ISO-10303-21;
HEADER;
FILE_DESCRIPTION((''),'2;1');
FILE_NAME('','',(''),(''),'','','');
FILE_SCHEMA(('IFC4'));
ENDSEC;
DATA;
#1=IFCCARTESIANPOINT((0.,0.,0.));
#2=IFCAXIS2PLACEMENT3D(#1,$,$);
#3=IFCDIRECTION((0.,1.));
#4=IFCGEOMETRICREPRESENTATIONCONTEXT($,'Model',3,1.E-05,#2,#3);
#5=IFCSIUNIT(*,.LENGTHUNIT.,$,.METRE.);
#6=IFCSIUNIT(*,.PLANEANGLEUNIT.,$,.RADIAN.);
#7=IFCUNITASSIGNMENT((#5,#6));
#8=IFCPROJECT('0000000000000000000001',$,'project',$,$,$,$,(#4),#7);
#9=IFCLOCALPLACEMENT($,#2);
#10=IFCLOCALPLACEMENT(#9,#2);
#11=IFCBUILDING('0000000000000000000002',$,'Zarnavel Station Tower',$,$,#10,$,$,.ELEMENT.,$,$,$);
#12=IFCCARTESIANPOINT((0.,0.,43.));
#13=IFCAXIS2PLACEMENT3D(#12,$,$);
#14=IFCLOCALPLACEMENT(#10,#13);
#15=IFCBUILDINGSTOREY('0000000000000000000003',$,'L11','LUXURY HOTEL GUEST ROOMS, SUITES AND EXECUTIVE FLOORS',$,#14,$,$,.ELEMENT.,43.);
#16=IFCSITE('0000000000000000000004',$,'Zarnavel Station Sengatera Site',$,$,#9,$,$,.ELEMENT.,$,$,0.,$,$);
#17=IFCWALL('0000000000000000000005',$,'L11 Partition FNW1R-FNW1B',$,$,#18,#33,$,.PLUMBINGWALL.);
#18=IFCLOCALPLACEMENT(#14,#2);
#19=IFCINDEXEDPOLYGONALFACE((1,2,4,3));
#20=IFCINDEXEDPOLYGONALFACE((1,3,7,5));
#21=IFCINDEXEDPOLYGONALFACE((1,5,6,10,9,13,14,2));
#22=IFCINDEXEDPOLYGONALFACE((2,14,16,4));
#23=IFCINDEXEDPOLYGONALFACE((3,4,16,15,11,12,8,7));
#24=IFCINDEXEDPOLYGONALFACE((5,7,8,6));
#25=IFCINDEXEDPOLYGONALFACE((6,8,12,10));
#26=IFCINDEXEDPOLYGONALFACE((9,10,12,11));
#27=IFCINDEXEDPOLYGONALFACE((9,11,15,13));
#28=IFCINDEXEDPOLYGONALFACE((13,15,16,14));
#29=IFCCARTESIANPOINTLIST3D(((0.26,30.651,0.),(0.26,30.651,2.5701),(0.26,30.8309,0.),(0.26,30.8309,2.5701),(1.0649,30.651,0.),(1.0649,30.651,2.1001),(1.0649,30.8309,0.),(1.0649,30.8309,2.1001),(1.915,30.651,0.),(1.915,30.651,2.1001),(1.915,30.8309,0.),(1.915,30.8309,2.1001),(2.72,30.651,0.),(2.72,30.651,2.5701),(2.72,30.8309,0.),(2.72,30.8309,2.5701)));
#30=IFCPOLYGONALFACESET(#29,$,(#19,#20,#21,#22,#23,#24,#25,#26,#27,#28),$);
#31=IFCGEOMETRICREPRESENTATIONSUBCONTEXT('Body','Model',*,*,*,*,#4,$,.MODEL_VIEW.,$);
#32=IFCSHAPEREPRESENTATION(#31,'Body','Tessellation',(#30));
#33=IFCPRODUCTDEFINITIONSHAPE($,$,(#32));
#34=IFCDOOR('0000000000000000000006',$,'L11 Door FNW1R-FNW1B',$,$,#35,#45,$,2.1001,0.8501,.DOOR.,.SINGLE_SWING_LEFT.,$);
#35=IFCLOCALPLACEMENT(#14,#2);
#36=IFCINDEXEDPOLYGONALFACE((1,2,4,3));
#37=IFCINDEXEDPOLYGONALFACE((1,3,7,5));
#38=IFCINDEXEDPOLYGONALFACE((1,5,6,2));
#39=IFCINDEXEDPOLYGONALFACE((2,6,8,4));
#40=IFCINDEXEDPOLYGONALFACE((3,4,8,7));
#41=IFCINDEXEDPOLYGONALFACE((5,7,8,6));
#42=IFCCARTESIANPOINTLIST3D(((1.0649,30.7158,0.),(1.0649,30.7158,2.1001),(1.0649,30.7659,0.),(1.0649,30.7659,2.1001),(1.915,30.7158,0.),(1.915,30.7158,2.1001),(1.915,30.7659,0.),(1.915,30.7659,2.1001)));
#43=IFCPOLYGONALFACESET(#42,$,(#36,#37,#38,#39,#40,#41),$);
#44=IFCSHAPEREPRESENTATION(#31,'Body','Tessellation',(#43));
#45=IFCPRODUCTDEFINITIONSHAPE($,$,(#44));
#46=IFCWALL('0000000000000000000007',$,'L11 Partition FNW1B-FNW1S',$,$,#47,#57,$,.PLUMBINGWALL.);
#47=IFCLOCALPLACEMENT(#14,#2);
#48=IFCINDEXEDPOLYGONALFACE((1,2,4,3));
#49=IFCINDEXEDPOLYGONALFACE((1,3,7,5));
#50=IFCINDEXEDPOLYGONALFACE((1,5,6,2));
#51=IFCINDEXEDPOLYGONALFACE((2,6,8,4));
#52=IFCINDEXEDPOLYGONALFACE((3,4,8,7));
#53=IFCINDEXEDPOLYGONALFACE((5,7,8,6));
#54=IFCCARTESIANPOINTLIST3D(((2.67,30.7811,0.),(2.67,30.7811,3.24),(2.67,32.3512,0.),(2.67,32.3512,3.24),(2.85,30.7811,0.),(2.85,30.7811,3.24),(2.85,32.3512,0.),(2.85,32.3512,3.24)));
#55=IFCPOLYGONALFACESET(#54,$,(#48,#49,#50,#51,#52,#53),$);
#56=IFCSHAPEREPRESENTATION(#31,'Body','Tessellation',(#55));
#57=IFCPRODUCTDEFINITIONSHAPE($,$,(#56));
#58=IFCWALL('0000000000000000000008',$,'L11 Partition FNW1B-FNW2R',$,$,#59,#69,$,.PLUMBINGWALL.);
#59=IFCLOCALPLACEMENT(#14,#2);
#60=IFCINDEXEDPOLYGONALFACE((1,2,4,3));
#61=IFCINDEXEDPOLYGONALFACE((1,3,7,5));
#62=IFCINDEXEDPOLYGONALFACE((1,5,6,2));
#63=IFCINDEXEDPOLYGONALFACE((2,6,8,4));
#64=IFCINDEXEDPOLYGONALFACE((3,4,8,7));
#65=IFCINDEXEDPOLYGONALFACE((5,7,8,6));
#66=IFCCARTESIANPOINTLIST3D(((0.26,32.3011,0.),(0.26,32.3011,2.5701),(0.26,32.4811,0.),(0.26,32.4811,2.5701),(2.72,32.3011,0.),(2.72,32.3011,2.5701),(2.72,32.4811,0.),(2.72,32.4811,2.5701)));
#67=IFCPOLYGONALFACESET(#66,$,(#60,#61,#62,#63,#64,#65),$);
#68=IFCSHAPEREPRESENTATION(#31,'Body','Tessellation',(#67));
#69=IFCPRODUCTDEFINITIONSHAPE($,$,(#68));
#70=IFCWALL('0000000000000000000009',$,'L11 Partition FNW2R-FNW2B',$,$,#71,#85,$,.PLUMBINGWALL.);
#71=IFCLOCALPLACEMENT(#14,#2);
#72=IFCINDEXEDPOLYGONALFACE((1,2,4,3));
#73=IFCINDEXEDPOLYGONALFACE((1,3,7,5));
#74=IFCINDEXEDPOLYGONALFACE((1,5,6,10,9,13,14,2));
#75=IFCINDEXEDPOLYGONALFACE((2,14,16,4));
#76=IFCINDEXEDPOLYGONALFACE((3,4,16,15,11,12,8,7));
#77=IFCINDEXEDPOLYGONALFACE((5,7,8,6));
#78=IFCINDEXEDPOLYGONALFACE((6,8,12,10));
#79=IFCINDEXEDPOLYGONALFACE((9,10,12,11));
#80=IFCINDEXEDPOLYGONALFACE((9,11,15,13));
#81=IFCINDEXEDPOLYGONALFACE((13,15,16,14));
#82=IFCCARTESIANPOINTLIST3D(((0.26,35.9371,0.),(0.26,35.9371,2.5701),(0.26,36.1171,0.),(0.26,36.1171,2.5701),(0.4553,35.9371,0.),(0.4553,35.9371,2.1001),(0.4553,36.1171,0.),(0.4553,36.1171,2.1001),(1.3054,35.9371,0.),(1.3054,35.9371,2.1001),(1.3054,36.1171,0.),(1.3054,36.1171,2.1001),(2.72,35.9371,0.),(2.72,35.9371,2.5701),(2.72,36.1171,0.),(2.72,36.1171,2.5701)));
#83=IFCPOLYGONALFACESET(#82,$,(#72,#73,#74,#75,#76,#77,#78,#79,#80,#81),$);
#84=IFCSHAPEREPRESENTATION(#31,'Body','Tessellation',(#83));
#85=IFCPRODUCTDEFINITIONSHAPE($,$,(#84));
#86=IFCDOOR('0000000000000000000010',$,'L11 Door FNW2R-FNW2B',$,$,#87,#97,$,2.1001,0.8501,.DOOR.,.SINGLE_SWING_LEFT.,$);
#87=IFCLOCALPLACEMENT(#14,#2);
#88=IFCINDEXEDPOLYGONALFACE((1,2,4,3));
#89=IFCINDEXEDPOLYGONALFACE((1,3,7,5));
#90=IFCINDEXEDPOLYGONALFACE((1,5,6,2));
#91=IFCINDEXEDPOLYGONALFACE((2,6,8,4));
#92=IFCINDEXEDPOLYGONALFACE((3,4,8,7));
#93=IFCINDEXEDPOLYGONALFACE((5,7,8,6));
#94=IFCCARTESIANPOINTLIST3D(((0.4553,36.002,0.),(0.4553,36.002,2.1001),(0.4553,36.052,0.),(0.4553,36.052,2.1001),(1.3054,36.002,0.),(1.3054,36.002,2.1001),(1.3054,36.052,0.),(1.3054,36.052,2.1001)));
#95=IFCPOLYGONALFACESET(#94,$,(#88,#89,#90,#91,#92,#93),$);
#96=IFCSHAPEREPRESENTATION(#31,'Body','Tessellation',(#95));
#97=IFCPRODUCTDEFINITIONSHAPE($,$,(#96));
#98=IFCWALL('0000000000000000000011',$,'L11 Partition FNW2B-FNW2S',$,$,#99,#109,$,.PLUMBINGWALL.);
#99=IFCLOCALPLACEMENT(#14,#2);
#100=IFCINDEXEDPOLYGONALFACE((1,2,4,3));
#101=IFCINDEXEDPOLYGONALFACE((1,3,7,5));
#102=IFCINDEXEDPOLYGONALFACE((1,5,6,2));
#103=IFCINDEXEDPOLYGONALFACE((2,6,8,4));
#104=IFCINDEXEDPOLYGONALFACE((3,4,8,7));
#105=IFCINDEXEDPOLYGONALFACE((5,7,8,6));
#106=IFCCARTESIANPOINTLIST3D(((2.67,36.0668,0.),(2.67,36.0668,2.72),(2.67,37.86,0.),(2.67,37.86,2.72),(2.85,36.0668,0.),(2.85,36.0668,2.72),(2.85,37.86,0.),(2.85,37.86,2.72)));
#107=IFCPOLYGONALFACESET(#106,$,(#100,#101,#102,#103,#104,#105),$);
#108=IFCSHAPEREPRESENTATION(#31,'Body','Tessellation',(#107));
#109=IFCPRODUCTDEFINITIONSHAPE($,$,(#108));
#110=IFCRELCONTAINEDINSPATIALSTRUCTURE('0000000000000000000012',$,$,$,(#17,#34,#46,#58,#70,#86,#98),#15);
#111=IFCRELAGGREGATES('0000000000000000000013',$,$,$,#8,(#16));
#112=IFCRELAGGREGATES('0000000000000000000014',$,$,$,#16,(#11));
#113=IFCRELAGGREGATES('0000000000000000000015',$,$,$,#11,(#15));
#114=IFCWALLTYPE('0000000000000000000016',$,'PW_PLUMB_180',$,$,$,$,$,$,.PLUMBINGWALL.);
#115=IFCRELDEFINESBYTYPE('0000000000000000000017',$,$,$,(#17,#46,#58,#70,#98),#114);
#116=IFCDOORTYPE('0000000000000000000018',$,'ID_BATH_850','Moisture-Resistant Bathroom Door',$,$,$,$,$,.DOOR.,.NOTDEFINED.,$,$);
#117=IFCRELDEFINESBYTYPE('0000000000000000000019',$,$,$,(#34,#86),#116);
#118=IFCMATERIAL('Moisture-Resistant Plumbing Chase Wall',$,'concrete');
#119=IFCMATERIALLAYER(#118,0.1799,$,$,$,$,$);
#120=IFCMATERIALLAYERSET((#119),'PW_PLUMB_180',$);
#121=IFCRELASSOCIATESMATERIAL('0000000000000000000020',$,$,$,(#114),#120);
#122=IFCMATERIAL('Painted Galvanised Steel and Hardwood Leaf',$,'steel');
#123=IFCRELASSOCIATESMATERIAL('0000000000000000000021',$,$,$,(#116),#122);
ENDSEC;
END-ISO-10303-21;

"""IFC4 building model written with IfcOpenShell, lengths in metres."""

from ifc_helpers import new_model, si_unit, direction, frame, frame_2d, origin, place, context, subcontext, project, spatial, rectangle, extrude, material, layer, layer_set, type_object, element, fill, save


model = new_model("IFC4")

# Units and contexts
model_context = context("Model", 3, precision=1e-05, world=origin(), true_north=direction((0.0, 1.0)))
body_context = subcontext(model_context, "Body", "Model", "MODEL_VIEW")
ifc_project = project(units=[si_unit("LENGTHUNIT", "METRE"), si_unit("PLANEANGLEUNIT", "RADIAN")], contexts=[model_context])

# Site, building, storey
site_placement = place(None, origin())
site = spatial("IfcSite", under=ifc_project, at=site_placement, Name="Zarnavel Station Sengatera Site", CompositionType="ELEMENT", RefElevation=0.0)
building_placement = place(site_placement, origin())
building = spatial("IfcBuilding", under=site, at=building_placement, Name="Zarnavel Station Tower", CompositionType="ELEMENT")
storey_placement = place(building_placement, frame((0.0, 0.0, 43.0)))
storey = spatial("IfcBuildingStorey", under=building, at=storey_placement, Name="L11", Description="LUXURY HOTEL GUEST ROOMS, SUITES AND EXECUTIVE FLOORS", CompositionType="ELEMENT", Elevation=43.0)

# Wall, opening, door
ifc_material_1 = material(Name="Moisture-Resistant Plumbing Chase Wall", Category="concrete")
ifc_layer_1 = layer(ifc_material_1, 0.1799)
ifc_layer_set_1 = layer_set([ifc_layer_1], Name="PW_PLUMB_180")
wall_type_1 = type_object("IfcWallType", Name="PW_PLUMB_180", PredefinedType="PLUMBINGWALL", material=ifc_layer_set_1)
wall_1_placement = place(storey_placement, frame((0.26, 30.741, 0.0), z_axis=(0.0, 0.0, 1.0), x_axis=(1.0, 0.0, 0.0)))
wall_1 = element("IfcWall", 1, at=wall_1_placement, inside=storey, type_object=wall_type_1, Name="L11 Partition FNW1R-FNW1B", PredefinedType="PLUMBINGWALL", context=body_context, shape_type="SweptSolid", body=[
    extrude(rectangle(XDim=2.46, YDim=0.1799, at=frame_2d((1.23, 0.0))), origin(), (0.0, 0.0, 1.0), 2.5701),
])
opening_1_placement = place(wall_1_placement, frame((0.8049, 0.0, 0.0)))
opening_1 = element("IfcOpeningElement", 2, at=opening_1_placement, cuts=wall_1, PredefinedType="OPENING", context=body_context, shape_type="SweptSolid", body=[
    extrude(rectangle(XDim=0.8501, YDim=2.1001, at=frame_2d((0.425, 1.05))), frame((0.0, 0.0999, 0.0), z_axis=(0.0, -1.0, 0.0), x_axis=(1.0, 0.0, 0.0)), (0.0, 0.0, 1.0), 0.2),
])
ifc_material_2 = material(Name="Painted Galvanised Steel and Hardwood Leaf", Category="steel")
door_type_1 = type_object("IfcDoorType", Name="ID_BATH_850", Description="Moisture-Resistant Bathroom Door", OperationType="NOTDEFINED", PredefinedType="DOOR", material=ifc_material_2)
door_1_placement = place(opening_1_placement, origin())
door_1 = element("IfcDoor", 3, at=door_1_placement, inside=storey, type_object=door_type_1, Name="L11 Door FNW1R-FNW1B", OperationType="SINGLE_SWING_LEFT", OverallHeight=2.1001, OverallWidth=0.8501, PredefinedType="DOOR", context=body_context, shape_type="SweptSolid", body=[
    extrude(rectangle(XDim=0.8501, YDim=2.1001, at=frame_2d((0.425, 1.05))), frame((0.0, 0.0249, 0.0), z_axis=(0.0, -1.0, 0.0), x_axis=(1.0, 0.0, 0.0)), (0.0, 0.0, 1.0), 0.05),
])
fill(opening_1, door_1)

# Walls
wall_2_placement = place(storey_placement, frame((2.76, 30.781, 0.0), z_axis=(0.0, 0.0, 1.0), x_axis=(0.0, 1.0, 0.0)))
element("IfcWall", 4, at=wall_2_placement, inside=storey, type_object=wall_type_1, Name="L11 Partition FNW1B-FNW1S", PredefinedType="PLUMBINGWALL", context=body_context, shape_type="SweptSolid", body=[
    extrude(rectangle(XDim=1.5701, YDim=0.1799, at=frame_2d((0.7852, 0.0))), origin(), (0.0, 0.0, 1.0), 3.24),
])
wall_3_placement = place(storey_placement, frame((0.26, 32.3911, 0.0), z_axis=(0.0, 0.0, 1.0), x_axis=(1.0, 0.0, 0.0)))
element("IfcWall", 5, at=wall_3_placement, inside=storey, type_object=wall_type_1, Name="L11 Partition FNW1B-FNW2R", PredefinedType="PLUMBINGWALL", context=body_context, shape_type="SweptSolid", body=[
    extrude(rectangle(XDim=2.46, YDim=0.1799, at=frame_2d((1.23, 0.0))), origin(), (0.0, 0.0, 1.0), 2.5701),
])

# Wall, opening, door
wall_4_placement = place(storey_placement, frame((0.26, 36.0271, 0.0), z_axis=(0.0, 0.0, 1.0), x_axis=(1.0, 0.0, 0.0)))
wall_4 = element("IfcWall", 6, at=wall_4_placement, inside=storey, type_object=wall_type_1, Name="L11 Partition FNW2R-FNW2B", PredefinedType="PLUMBINGWALL", context=body_context, shape_type="SweptSolid", body=[
    extrude(rectangle(XDim=2.46, YDim=0.1799, at=frame_2d((1.23, 0.0))), origin(), (0.0, 0.0, 1.0), 2.5701),
])
opening_2_placement = place(wall_4_placement, frame((0.1953, 0.0, 0.0)))
opening_2 = element("IfcOpeningElement", 7, at=opening_2_placement, cuts=wall_4, PredefinedType="OPENING", context=body_context, shape_type="SweptSolid", body=[
    extrude(rectangle(XDim=0.8501, YDim=2.1001, at=frame_2d((0.425, 1.05))), frame((0.0, 0.0999, 0.0), z_axis=(0.0, -1.0, 0.0), x_axis=(1.0, 0.0, 0.0)), (0.0, 0.0, 1.0), 0.2),
])
door_2_placement = place(opening_2_placement, origin())
door_2 = element("IfcDoor", 8, at=door_2_placement, inside=storey, type_object=door_type_1, Name="L11 Door FNW2R-FNW2B", OperationType="SINGLE_SWING_LEFT", OverallHeight=2.1001, OverallWidth=0.8501, PredefinedType="DOOR", context=body_context, shape_type="SweptSolid", body=[
    extrude(rectangle(XDim=0.8501, YDim=2.1001, at=frame_2d((0.425, 1.05))), frame((0.0, 0.0249, 0.0), z_axis=(0.0, -1.0, 0.0), x_axis=(1.0, 0.0, 0.0)), (0.0, 0.0, 1.0), 0.05),
])
fill(opening_2, door_2)

# Wall
wall_5_placement = place(storey_placement, frame((2.76, 36.0669, 0.0), z_axis=(0.0, 0.0, 1.0), x_axis=(0.0, 1.0, 0.0)))
element("IfcWall", 9, at=wall_5_placement, inside=storey, type_object=wall_type_1, Name="L11 Partition FNW2B-FNW2S", PredefinedType="PLUMBINGWALL", context=body_context, shape_type="SweptSolid", body=[
    extrude(rectangle(XDim=1.7932, YDim=0.1799, at=frame_2d((0.8965, 0.0))), origin(), (0.0, 0.0, 1.0), 2.72),
])

save(model, "model.ifc")
